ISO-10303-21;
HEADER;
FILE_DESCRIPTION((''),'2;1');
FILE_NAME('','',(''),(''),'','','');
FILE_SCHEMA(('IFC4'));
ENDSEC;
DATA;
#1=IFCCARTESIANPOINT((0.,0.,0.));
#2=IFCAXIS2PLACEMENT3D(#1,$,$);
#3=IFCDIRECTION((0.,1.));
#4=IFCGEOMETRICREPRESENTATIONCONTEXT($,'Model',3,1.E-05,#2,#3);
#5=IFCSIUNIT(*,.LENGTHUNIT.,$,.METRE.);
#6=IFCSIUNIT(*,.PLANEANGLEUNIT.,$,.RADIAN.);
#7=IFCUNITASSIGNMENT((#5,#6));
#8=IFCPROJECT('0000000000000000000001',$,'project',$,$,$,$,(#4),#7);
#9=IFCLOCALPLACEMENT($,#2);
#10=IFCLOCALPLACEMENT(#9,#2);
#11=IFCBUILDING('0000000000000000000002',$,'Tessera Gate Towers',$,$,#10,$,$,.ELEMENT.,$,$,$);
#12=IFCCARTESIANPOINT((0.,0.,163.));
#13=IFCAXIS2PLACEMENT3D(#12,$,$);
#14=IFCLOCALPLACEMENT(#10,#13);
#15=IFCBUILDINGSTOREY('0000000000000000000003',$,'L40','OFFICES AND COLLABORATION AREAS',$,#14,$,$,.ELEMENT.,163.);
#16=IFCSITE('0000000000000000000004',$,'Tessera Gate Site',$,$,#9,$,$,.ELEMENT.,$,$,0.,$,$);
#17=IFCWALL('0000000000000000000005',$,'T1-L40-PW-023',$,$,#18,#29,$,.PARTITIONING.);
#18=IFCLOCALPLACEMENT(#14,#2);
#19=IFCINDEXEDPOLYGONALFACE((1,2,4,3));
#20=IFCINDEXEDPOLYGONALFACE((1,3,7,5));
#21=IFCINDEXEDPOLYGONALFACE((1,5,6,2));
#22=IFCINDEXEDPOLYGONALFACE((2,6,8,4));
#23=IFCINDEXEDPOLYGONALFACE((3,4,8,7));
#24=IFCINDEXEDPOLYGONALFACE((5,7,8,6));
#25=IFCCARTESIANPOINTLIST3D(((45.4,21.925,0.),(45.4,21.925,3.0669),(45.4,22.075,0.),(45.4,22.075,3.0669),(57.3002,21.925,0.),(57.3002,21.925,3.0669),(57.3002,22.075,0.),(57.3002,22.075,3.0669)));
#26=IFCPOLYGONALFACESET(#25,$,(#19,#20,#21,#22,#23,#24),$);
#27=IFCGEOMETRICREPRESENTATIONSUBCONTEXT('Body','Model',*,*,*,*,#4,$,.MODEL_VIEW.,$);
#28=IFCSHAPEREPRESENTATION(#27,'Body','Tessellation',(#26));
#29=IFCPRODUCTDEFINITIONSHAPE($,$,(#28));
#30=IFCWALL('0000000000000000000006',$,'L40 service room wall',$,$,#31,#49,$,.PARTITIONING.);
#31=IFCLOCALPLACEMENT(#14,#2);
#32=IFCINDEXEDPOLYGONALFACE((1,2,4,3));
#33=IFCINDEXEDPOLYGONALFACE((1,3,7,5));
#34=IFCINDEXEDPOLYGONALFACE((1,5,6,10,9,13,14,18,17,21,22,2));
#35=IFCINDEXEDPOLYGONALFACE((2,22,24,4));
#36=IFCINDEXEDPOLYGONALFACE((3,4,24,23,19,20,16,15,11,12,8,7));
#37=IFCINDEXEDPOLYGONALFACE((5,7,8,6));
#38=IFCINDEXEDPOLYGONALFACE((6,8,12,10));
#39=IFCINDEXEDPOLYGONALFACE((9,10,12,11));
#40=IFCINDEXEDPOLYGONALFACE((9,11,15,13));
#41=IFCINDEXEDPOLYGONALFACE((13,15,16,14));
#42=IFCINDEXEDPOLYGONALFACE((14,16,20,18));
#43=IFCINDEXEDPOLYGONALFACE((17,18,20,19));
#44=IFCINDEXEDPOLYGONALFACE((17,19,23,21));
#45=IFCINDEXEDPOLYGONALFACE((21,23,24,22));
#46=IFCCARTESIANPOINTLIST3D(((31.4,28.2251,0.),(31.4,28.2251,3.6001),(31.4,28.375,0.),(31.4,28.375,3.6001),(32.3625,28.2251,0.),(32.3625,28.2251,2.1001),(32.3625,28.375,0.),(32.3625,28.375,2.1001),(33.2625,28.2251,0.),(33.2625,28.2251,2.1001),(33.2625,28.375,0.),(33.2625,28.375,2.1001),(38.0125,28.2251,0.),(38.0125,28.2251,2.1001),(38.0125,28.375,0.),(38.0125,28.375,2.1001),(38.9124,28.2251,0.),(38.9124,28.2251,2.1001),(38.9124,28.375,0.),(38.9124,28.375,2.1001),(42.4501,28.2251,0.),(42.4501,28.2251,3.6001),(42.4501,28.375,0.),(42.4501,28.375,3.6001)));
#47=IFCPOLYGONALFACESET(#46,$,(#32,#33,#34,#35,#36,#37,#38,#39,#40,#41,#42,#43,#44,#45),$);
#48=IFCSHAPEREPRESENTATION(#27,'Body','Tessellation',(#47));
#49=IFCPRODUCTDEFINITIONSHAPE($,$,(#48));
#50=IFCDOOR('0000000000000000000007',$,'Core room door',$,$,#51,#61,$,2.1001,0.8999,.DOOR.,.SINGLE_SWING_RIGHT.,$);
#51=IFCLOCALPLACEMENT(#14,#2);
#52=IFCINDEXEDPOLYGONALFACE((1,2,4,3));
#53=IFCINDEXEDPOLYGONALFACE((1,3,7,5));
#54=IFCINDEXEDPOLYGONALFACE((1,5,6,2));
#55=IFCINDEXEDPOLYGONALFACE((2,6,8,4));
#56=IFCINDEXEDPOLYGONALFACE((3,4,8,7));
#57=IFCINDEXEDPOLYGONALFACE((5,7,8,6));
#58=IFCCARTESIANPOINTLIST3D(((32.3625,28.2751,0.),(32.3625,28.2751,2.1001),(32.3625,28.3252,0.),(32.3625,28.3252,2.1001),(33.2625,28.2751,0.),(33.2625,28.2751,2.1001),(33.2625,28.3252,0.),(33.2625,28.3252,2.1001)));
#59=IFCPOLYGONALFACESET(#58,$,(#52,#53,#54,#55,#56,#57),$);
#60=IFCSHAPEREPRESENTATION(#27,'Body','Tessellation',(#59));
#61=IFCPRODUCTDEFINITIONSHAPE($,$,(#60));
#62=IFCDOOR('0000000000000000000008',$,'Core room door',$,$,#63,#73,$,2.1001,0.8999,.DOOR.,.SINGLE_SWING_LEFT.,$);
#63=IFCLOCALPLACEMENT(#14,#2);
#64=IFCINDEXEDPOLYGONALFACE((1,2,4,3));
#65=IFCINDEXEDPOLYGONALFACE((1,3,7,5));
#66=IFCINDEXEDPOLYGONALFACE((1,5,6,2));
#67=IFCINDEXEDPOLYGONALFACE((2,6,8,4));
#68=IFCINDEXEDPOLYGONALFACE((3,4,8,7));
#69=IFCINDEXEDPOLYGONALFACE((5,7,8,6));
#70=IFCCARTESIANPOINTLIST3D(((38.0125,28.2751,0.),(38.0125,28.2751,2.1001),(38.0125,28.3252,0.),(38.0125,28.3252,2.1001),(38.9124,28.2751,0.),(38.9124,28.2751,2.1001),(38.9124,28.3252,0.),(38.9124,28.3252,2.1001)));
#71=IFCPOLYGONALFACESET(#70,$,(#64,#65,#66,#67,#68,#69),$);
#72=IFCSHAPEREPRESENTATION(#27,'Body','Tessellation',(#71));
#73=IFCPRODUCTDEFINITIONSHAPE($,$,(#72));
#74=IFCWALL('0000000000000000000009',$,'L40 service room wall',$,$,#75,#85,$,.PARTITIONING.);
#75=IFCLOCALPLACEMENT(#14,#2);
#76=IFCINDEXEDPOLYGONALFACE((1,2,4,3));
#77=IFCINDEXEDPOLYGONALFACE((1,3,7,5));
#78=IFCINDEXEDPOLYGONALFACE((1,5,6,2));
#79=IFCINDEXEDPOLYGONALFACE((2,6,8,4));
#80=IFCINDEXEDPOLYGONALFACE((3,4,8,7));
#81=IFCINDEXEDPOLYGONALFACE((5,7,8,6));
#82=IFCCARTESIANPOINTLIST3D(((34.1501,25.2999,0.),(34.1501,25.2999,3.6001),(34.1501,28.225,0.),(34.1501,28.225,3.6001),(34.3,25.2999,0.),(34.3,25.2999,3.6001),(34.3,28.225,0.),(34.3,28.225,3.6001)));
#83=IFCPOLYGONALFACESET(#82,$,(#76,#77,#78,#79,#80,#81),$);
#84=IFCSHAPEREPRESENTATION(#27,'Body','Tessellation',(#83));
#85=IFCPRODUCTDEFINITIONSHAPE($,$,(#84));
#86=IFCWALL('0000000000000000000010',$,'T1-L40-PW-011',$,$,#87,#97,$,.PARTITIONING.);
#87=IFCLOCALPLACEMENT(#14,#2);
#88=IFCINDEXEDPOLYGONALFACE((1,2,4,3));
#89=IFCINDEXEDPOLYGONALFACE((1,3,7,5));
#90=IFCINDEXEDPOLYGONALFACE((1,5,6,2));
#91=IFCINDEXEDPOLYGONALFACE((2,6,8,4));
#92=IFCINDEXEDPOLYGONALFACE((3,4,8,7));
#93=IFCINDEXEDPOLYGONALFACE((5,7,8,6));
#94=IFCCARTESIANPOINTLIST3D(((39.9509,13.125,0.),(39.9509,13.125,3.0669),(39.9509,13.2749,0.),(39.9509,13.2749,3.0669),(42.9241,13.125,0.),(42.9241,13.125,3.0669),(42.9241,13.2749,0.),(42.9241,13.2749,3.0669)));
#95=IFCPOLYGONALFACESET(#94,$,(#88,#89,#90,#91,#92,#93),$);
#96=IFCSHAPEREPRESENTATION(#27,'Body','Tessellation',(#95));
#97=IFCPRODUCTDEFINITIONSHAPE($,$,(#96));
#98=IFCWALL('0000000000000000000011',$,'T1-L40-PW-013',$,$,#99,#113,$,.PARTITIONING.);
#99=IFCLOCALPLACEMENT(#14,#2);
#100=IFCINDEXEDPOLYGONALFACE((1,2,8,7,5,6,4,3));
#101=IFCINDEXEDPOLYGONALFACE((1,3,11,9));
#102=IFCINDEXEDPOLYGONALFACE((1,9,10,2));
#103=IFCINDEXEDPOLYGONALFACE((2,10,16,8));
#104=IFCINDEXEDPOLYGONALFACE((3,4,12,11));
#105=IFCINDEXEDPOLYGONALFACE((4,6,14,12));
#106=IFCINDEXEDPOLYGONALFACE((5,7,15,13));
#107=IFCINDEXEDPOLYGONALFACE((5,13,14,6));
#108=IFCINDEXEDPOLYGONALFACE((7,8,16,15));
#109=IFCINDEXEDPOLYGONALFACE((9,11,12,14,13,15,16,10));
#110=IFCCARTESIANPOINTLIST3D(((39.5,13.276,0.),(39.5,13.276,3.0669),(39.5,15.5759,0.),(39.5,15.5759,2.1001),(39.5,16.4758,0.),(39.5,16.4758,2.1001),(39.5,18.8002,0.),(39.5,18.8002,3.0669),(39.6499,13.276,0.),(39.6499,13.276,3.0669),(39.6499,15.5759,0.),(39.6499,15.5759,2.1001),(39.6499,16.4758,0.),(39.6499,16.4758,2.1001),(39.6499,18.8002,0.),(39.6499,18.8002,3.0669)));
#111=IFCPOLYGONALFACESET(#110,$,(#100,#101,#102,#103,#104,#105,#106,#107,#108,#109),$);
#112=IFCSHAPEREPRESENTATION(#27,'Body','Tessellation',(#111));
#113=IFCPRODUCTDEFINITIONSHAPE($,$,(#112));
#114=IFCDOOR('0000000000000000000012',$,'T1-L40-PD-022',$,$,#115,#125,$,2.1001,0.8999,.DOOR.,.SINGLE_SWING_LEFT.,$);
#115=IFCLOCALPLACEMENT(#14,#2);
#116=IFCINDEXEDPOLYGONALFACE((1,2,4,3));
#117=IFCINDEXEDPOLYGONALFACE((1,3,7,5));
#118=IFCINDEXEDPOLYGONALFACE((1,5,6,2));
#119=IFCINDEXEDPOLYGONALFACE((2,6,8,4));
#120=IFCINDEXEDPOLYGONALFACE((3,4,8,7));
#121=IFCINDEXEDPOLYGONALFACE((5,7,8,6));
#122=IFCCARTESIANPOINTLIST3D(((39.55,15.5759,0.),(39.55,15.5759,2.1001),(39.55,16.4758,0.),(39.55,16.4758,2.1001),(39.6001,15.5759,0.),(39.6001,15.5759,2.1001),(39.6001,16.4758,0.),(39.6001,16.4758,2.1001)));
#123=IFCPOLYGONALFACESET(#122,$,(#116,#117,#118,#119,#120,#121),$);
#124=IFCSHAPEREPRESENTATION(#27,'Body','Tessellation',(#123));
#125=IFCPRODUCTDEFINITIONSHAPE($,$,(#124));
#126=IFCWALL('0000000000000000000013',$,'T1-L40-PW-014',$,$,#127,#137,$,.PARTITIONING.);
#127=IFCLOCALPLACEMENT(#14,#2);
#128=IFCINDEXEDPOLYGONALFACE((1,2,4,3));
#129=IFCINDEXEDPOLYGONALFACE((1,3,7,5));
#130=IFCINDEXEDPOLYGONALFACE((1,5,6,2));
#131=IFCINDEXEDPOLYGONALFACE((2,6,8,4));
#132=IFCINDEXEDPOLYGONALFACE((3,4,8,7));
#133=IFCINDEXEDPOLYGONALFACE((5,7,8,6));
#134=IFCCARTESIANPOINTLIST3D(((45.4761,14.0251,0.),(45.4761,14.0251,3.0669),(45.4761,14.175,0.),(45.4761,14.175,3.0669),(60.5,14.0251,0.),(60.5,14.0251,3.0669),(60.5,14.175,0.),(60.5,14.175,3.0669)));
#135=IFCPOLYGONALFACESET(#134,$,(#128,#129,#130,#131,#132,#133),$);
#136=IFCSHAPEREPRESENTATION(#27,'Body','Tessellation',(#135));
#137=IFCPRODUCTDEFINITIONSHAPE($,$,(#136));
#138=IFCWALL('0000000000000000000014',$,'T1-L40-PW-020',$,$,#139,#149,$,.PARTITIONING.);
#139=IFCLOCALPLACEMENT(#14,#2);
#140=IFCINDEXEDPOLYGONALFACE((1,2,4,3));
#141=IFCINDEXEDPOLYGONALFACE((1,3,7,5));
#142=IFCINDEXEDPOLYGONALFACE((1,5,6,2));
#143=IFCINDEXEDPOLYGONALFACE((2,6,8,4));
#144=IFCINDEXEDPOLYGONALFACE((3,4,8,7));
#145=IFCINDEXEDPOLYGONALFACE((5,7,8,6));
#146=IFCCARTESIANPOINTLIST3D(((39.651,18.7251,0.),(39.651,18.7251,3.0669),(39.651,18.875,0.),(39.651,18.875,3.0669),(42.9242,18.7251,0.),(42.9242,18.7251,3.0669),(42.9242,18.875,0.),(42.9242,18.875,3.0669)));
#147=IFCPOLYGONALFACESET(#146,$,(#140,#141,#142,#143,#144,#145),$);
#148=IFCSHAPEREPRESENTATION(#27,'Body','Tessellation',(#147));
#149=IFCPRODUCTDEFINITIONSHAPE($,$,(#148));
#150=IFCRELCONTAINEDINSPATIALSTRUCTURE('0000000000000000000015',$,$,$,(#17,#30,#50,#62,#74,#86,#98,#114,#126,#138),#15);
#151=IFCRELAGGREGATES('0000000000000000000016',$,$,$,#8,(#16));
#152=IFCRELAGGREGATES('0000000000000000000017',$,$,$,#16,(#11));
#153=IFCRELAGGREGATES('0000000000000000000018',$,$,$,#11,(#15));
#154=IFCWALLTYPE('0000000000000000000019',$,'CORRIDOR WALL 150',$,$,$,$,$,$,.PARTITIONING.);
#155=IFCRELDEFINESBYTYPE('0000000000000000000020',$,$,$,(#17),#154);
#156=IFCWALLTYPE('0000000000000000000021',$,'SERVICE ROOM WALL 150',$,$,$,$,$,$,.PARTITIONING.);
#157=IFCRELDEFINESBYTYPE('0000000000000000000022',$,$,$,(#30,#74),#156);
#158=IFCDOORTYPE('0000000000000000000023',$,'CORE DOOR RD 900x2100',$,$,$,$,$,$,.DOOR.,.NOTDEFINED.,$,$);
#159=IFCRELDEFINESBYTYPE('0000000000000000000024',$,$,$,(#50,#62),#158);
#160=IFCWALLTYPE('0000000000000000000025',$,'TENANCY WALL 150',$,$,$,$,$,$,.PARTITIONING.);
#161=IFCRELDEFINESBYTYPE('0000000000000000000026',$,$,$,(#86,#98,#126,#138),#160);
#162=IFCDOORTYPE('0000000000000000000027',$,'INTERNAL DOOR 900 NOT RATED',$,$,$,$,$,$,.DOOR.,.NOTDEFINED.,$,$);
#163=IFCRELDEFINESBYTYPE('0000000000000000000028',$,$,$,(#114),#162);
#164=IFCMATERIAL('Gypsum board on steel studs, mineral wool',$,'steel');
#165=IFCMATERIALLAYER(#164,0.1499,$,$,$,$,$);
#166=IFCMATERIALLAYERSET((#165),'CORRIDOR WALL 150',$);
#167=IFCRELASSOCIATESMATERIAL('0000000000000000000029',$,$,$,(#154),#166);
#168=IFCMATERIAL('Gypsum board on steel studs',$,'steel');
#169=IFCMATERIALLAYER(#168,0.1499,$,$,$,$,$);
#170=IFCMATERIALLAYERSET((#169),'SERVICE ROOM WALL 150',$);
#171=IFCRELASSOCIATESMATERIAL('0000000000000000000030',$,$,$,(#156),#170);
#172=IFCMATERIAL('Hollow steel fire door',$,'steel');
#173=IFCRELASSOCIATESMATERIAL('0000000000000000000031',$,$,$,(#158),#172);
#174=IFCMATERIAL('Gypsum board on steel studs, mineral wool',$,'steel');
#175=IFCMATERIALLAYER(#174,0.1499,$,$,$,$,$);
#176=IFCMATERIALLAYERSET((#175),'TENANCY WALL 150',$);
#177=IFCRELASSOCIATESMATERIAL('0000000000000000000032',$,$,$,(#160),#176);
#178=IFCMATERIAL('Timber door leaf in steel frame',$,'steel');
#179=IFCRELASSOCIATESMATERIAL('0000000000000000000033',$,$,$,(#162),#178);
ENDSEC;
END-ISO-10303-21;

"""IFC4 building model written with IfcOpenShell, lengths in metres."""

from ifc_helpers import new_model, si_unit, direction, frame, frame_2d, origin, place, context, subcontext, project, spatial, rectangle, extrude, source, transform, mapped, material, layer, layer_set, type_object, element, fill, save


model = new_model("IFC4")

# Units and contexts
model_context = context("Model", 3, precision=1e-05, world=origin(), true_north=direction((0.0, 1.0)))
body_context = subcontext(model_context, "Body", "Model", "MODEL_VIEW")
ifc_project = project(units=[si_unit("LENGTHUNIT", "METRE"), si_unit("PLANEANGLEUNIT", "RADIAN")], contexts=[model_context])

# Site, building, storey
site_placement = place(None, origin())
site = spatial("IfcSite", under=ifc_project, at=site_placement, Name="Tessera Gate Site", CompositionType="ELEMENT", RefElevation=0.0)
building_placement = place(site_placement, origin())
building = spatial("IfcBuilding", under=site, at=building_placement, Name="Tessera Gate Towers", CompositionType="ELEMENT")
storey_placement = place(building_placement, frame((0.0, 0.0, 163.0)))
storey = spatial("IfcBuildingStorey", under=building, at=storey_placement, Name="L40", Description="OFFICES AND COLLABORATION AREAS", CompositionType="ELEMENT", Elevation=163.0)

# Shared definitions
ifc_material_1 = material(Name="Gypsum board on steel studs, mineral wool", Category="steel")
ifc_layer_1 = layer(ifc_material_1, 0.1499)
ifc_layer_set_1 = layer_set([ifc_layer_1], Name="CORRIDOR WALL 150")
wall_type_1 = type_object("IfcWallType", Name="CORRIDOR WALL 150", PredefinedType="PARTITIONING", material=ifc_layer_set_1)

# Wall
wall_1_placement = place(storey_placement, frame((45.3999, 22.0, 0.0), z_axis=(0.0, 0.0, 1.0), x_axis=(1.0, 0.0, 0.0)))
element("IfcWall", 1, at=wall_1_placement, inside=storey, type_object=wall_type_1, Name="T1-L40-PW-023", PredefinedType="PARTITIONING", context=body_context, shape_type="SweptSolid", body=[
    extrude(rectangle(XDim=11.9001, YDim=0.1499, at=frame_2d((5.9502, 0.0))), origin(), (0.0, 0.0, 1.0), 3.0669),
])

# Wall, openings, doors
ifc_material_2 = material(Name="Gypsum board on steel studs", Category="steel")
ifc_layer_2 = layer(ifc_material_2, 0.1499)
ifc_layer_set_2 = layer_set([ifc_layer_2], Name="SERVICE ROOM WALL 150")
wall_type_2 = type_object("IfcWallType", Name="SERVICE ROOM WALL 150", PredefinedType="PARTITIONING", material=ifc_layer_set_2)
wall_2_placement = place(storey_placement, frame((42.45, 28.3, 0.0), z_axis=(0.0, 0.0, 1.0), x_axis=(-1.0, 0.0, 0.0)))
wall_2 = element("IfcWall", 2, at=wall_2_placement, inside=storey, type_object=wall_type_2, Name="L40 service room wall", PredefinedType="PARTITIONING", context=body_context, shape_type="SweptSolid", body=[
    extrude(rectangle(XDim=11.05, YDim=0.1499, at=frame_2d((5.5249, 0.0))), origin(), (0.0, 0.0, 1.0), 3.6001),
])
shared_shape_1 = source(origin(), body_context, "Body", "SweptSolid", [
    extrude(rectangle(XDim=0.8999, YDim=2.1001, at=frame_2d((0.45, 1.05))), frame((0.0, 0.085, 0.0), z_axis=(0.0, -1.0, 0.0), x_axis=(1.0, 0.0, 0.0)), (0.0, 0.0, 1.0), 0.1699),
])
opening_1_placement = place(wall_2_placement, frame((9.1875, 0.0, 0.0)))
opening_1 = element("IfcOpeningElement", 3, at=opening_1_placement, cuts=wall_2, PredefinedType="OPENING", context=body_context, shape_type="MappedRepresentation", body=[
    mapped(shared_shape_1, transform((0.0, 0.0, 0.0), scale=1.0)),
])
opening_2_placement = place(wall_2_placement, frame((3.5376, 0.0, 0.0)))
opening_2 = element("IfcOpeningElement", 4, at=opening_2_placement, cuts=wall_2, PredefinedType="OPENING", context=body_context, shape_type="MappedRepresentation", body=[
    mapped(shared_shape_1, transform((0.0, 0.0, 0.0), scale=1.0)),
])
ifc_material_3 = material(Name="Hollow steel fire door", Category="steel")
door_type_1 = type_object("IfcDoorType", Name="CORE DOOR RD 900x2100", OperationType="NOTDEFINED", PredefinedType="DOOR", material=ifc_material_3)
shared_shape_2 = source(origin(), body_context, "Body", "SweptSolid", [
    extrude(rectangle(XDim=0.8999, YDim=2.1001, at=frame_2d((0.45, 1.05))), frame((0.0, 0.0249, 0.0), z_axis=(0.0, -1.0, 0.0), x_axis=(1.0, 0.0, 0.0)), (0.0, 0.0, 1.0), 0.05),
])
door_1_placement = place(opening_1_placement, origin())
door_1 = element("IfcDoor", 5, at=door_1_placement, inside=storey, type_object=door_type_1, Name="Core room door", OperationType="SINGLE_SWING_RIGHT", OverallHeight=2.1001, OverallWidth=0.8999, PredefinedType="DOOR", context=body_context, shape_type="MappedRepresentation", body=[
    mapped(shared_shape_2, transform((0.0, 0.0, 0.0), scale=1.0)),
])
fill(opening_1, door_1)
door_2_placement = place(opening_2_placement, origin())
door_2 = element("IfcDoor", 6, at=door_2_placement, inside=storey, type_object=door_type_1, Name="Core room door", OperationType="SINGLE_SWING_LEFT", OverallHeight=2.1001, OverallWidth=0.8999, PredefinedType="DOOR", context=body_context, shape_type="MappedRepresentation", body=[
    mapped(shared_shape_2, transform((0.0, 0.0, 0.0), scale=1.0)),
])
fill(opening_2, door_2)

# Walls
wall_3_placement = place(storey_placement, frame((34.2251, 25.3, 0.0), z_axis=(0.0, 0.0, 1.0), x_axis=(0.0, 1.0, 0.0)))
element("IfcWall", 7, at=wall_3_placement, inside=storey, type_object=wall_type_2, Name="L40 service room wall", PredefinedType="PARTITIONING", context=body_context, shape_type="SweptSolid", body=[
    extrude(rectangle(XDim=2.925, YDim=0.1499, at=frame_2d((1.4624, 0.0))), origin(), (0.0, 0.0, 1.0), 3.6001),
])
ifc_material_4 = material(Name="Gypsum board on steel studs, mineral wool", Category="steel")
ifc_layer_3 = layer(ifc_material_4, 0.1499)
ifc_layer_set_3 = layer_set([ifc_layer_3], Name="TENANCY WALL 150")
wall_type_3 = type_object("IfcWallType", Name="TENANCY WALL 150", PredefinedType="PARTITIONING", material=ifc_layer_set_3)
wall_4_placement = place(storey_placement, frame((39.9509, 13.2, 0.0), z_axis=(0.0, 0.0, 1.0), x_axis=(1.0, 0.0, 0.0)))
element("IfcWall", 8, at=wall_4_placement, inside=storey, type_object=wall_type_3, Name="T1-L40-PW-011", PredefinedType="PARTITIONING", context=body_context, shape_type="SweptSolid", body=[
    extrude(rectangle(XDim=2.9731, YDim=0.1499, at=frame_2d((1.4866, 0.0))), origin(), (0.0, 0.0, 1.0), 3.0669),
])

# Wall, opening, door
wall_5_placement = place(storey_placement, frame((39.575, 13.2759, 0.0), z_axis=(0.0, 0.0, 1.0), x_axis=(0.0, 1.0, 0.0)))
wall_5 = element("IfcWall", 9, at=wall_5_placement, inside=storey, type_object=wall_type_3, Name="T1-L40-PW-013", PredefinedType="PARTITIONING", context=body_context, shape_type="SweptSolid", body=[
    extrude(rectangle(XDim=5.5242, YDim=0.1499, at=frame_2d((2.7622, 0.0))), origin(), (0.0, 0.0, 1.0), 3.0669),
])
opening_3_placement = place(wall_5_placement, frame((2.3, 0.0, 0.0)))
opening_3 = element("IfcOpeningElement", 10, at=opening_3_placement, cuts=wall_5, PredefinedType="OPENING", context=body_context, shape_type="MappedRepresentation", body=[
    mapped(shared_shape_1, transform((0.0, 0.0, 0.0), scale=1.0)),
])
ifc_material_5 = material(Name="Timber door leaf in steel frame", Category="steel")
door_type_2 = type_object("IfcDoorType", Name="INTERNAL DOOR 900 NOT RATED", OperationType="NOTDEFINED", PredefinedType="DOOR", material=ifc_material_5)
door_3_placement = place(opening_3_placement, origin())
door_3 = element("IfcDoor", 11, at=door_3_placement, inside=storey, type_object=door_type_2, Name="T1-L40-PD-022", OperationType="SINGLE_SWING_LEFT", OverallHeight=2.1001, OverallWidth=0.8999, PredefinedType="DOOR", context=body_context, shape_type="MappedRepresentation", body=[
    mapped(shared_shape_2, transform((0.0, 0.0, 0.0), scale=1.0)),
])
fill(opening_3, door_3)

# Walls
wall_6_placement = place(storey_placement, frame((45.4761, 14.1001, 0.0), z_axis=(0.0, 0.0, 1.0), x_axis=(1.0, 0.0, 0.0)))
element("IfcWall", 12, at=wall_6_placement, inside=storey, type_object=wall_type_3, Name="T1-L40-PW-014", PredefinedType="PARTITIONING", context=body_context, shape_type="SweptSolid", body=[
    extrude(rectangle(XDim=15.0239, YDim=0.1499, at=frame_2d((7.512, 0.0))), origin(), (0.0, 0.0, 1.0), 3.0669),
])
wall_7_placement = place(storey_placement, frame((39.6509, 18.8, 0.0), z_axis=(0.0, 0.0, 1.0), x_axis=(1.0, 0.0, 0.0)))
element("IfcWall", 13, at=wall_7_placement, inside=storey, type_object=wall_type_3, Name="T1-L40-PW-020", PredefinedType="PARTITIONING", context=body_context, shape_type="SweptSolid", body=[
    extrude(rectangle(XDim=3.2732, YDim=0.1499, at=frame_2d((1.6367, 0.0))), origin(), (0.0, 0.0, 1.0), 3.0669),
])

save(model, "model.ifc")
